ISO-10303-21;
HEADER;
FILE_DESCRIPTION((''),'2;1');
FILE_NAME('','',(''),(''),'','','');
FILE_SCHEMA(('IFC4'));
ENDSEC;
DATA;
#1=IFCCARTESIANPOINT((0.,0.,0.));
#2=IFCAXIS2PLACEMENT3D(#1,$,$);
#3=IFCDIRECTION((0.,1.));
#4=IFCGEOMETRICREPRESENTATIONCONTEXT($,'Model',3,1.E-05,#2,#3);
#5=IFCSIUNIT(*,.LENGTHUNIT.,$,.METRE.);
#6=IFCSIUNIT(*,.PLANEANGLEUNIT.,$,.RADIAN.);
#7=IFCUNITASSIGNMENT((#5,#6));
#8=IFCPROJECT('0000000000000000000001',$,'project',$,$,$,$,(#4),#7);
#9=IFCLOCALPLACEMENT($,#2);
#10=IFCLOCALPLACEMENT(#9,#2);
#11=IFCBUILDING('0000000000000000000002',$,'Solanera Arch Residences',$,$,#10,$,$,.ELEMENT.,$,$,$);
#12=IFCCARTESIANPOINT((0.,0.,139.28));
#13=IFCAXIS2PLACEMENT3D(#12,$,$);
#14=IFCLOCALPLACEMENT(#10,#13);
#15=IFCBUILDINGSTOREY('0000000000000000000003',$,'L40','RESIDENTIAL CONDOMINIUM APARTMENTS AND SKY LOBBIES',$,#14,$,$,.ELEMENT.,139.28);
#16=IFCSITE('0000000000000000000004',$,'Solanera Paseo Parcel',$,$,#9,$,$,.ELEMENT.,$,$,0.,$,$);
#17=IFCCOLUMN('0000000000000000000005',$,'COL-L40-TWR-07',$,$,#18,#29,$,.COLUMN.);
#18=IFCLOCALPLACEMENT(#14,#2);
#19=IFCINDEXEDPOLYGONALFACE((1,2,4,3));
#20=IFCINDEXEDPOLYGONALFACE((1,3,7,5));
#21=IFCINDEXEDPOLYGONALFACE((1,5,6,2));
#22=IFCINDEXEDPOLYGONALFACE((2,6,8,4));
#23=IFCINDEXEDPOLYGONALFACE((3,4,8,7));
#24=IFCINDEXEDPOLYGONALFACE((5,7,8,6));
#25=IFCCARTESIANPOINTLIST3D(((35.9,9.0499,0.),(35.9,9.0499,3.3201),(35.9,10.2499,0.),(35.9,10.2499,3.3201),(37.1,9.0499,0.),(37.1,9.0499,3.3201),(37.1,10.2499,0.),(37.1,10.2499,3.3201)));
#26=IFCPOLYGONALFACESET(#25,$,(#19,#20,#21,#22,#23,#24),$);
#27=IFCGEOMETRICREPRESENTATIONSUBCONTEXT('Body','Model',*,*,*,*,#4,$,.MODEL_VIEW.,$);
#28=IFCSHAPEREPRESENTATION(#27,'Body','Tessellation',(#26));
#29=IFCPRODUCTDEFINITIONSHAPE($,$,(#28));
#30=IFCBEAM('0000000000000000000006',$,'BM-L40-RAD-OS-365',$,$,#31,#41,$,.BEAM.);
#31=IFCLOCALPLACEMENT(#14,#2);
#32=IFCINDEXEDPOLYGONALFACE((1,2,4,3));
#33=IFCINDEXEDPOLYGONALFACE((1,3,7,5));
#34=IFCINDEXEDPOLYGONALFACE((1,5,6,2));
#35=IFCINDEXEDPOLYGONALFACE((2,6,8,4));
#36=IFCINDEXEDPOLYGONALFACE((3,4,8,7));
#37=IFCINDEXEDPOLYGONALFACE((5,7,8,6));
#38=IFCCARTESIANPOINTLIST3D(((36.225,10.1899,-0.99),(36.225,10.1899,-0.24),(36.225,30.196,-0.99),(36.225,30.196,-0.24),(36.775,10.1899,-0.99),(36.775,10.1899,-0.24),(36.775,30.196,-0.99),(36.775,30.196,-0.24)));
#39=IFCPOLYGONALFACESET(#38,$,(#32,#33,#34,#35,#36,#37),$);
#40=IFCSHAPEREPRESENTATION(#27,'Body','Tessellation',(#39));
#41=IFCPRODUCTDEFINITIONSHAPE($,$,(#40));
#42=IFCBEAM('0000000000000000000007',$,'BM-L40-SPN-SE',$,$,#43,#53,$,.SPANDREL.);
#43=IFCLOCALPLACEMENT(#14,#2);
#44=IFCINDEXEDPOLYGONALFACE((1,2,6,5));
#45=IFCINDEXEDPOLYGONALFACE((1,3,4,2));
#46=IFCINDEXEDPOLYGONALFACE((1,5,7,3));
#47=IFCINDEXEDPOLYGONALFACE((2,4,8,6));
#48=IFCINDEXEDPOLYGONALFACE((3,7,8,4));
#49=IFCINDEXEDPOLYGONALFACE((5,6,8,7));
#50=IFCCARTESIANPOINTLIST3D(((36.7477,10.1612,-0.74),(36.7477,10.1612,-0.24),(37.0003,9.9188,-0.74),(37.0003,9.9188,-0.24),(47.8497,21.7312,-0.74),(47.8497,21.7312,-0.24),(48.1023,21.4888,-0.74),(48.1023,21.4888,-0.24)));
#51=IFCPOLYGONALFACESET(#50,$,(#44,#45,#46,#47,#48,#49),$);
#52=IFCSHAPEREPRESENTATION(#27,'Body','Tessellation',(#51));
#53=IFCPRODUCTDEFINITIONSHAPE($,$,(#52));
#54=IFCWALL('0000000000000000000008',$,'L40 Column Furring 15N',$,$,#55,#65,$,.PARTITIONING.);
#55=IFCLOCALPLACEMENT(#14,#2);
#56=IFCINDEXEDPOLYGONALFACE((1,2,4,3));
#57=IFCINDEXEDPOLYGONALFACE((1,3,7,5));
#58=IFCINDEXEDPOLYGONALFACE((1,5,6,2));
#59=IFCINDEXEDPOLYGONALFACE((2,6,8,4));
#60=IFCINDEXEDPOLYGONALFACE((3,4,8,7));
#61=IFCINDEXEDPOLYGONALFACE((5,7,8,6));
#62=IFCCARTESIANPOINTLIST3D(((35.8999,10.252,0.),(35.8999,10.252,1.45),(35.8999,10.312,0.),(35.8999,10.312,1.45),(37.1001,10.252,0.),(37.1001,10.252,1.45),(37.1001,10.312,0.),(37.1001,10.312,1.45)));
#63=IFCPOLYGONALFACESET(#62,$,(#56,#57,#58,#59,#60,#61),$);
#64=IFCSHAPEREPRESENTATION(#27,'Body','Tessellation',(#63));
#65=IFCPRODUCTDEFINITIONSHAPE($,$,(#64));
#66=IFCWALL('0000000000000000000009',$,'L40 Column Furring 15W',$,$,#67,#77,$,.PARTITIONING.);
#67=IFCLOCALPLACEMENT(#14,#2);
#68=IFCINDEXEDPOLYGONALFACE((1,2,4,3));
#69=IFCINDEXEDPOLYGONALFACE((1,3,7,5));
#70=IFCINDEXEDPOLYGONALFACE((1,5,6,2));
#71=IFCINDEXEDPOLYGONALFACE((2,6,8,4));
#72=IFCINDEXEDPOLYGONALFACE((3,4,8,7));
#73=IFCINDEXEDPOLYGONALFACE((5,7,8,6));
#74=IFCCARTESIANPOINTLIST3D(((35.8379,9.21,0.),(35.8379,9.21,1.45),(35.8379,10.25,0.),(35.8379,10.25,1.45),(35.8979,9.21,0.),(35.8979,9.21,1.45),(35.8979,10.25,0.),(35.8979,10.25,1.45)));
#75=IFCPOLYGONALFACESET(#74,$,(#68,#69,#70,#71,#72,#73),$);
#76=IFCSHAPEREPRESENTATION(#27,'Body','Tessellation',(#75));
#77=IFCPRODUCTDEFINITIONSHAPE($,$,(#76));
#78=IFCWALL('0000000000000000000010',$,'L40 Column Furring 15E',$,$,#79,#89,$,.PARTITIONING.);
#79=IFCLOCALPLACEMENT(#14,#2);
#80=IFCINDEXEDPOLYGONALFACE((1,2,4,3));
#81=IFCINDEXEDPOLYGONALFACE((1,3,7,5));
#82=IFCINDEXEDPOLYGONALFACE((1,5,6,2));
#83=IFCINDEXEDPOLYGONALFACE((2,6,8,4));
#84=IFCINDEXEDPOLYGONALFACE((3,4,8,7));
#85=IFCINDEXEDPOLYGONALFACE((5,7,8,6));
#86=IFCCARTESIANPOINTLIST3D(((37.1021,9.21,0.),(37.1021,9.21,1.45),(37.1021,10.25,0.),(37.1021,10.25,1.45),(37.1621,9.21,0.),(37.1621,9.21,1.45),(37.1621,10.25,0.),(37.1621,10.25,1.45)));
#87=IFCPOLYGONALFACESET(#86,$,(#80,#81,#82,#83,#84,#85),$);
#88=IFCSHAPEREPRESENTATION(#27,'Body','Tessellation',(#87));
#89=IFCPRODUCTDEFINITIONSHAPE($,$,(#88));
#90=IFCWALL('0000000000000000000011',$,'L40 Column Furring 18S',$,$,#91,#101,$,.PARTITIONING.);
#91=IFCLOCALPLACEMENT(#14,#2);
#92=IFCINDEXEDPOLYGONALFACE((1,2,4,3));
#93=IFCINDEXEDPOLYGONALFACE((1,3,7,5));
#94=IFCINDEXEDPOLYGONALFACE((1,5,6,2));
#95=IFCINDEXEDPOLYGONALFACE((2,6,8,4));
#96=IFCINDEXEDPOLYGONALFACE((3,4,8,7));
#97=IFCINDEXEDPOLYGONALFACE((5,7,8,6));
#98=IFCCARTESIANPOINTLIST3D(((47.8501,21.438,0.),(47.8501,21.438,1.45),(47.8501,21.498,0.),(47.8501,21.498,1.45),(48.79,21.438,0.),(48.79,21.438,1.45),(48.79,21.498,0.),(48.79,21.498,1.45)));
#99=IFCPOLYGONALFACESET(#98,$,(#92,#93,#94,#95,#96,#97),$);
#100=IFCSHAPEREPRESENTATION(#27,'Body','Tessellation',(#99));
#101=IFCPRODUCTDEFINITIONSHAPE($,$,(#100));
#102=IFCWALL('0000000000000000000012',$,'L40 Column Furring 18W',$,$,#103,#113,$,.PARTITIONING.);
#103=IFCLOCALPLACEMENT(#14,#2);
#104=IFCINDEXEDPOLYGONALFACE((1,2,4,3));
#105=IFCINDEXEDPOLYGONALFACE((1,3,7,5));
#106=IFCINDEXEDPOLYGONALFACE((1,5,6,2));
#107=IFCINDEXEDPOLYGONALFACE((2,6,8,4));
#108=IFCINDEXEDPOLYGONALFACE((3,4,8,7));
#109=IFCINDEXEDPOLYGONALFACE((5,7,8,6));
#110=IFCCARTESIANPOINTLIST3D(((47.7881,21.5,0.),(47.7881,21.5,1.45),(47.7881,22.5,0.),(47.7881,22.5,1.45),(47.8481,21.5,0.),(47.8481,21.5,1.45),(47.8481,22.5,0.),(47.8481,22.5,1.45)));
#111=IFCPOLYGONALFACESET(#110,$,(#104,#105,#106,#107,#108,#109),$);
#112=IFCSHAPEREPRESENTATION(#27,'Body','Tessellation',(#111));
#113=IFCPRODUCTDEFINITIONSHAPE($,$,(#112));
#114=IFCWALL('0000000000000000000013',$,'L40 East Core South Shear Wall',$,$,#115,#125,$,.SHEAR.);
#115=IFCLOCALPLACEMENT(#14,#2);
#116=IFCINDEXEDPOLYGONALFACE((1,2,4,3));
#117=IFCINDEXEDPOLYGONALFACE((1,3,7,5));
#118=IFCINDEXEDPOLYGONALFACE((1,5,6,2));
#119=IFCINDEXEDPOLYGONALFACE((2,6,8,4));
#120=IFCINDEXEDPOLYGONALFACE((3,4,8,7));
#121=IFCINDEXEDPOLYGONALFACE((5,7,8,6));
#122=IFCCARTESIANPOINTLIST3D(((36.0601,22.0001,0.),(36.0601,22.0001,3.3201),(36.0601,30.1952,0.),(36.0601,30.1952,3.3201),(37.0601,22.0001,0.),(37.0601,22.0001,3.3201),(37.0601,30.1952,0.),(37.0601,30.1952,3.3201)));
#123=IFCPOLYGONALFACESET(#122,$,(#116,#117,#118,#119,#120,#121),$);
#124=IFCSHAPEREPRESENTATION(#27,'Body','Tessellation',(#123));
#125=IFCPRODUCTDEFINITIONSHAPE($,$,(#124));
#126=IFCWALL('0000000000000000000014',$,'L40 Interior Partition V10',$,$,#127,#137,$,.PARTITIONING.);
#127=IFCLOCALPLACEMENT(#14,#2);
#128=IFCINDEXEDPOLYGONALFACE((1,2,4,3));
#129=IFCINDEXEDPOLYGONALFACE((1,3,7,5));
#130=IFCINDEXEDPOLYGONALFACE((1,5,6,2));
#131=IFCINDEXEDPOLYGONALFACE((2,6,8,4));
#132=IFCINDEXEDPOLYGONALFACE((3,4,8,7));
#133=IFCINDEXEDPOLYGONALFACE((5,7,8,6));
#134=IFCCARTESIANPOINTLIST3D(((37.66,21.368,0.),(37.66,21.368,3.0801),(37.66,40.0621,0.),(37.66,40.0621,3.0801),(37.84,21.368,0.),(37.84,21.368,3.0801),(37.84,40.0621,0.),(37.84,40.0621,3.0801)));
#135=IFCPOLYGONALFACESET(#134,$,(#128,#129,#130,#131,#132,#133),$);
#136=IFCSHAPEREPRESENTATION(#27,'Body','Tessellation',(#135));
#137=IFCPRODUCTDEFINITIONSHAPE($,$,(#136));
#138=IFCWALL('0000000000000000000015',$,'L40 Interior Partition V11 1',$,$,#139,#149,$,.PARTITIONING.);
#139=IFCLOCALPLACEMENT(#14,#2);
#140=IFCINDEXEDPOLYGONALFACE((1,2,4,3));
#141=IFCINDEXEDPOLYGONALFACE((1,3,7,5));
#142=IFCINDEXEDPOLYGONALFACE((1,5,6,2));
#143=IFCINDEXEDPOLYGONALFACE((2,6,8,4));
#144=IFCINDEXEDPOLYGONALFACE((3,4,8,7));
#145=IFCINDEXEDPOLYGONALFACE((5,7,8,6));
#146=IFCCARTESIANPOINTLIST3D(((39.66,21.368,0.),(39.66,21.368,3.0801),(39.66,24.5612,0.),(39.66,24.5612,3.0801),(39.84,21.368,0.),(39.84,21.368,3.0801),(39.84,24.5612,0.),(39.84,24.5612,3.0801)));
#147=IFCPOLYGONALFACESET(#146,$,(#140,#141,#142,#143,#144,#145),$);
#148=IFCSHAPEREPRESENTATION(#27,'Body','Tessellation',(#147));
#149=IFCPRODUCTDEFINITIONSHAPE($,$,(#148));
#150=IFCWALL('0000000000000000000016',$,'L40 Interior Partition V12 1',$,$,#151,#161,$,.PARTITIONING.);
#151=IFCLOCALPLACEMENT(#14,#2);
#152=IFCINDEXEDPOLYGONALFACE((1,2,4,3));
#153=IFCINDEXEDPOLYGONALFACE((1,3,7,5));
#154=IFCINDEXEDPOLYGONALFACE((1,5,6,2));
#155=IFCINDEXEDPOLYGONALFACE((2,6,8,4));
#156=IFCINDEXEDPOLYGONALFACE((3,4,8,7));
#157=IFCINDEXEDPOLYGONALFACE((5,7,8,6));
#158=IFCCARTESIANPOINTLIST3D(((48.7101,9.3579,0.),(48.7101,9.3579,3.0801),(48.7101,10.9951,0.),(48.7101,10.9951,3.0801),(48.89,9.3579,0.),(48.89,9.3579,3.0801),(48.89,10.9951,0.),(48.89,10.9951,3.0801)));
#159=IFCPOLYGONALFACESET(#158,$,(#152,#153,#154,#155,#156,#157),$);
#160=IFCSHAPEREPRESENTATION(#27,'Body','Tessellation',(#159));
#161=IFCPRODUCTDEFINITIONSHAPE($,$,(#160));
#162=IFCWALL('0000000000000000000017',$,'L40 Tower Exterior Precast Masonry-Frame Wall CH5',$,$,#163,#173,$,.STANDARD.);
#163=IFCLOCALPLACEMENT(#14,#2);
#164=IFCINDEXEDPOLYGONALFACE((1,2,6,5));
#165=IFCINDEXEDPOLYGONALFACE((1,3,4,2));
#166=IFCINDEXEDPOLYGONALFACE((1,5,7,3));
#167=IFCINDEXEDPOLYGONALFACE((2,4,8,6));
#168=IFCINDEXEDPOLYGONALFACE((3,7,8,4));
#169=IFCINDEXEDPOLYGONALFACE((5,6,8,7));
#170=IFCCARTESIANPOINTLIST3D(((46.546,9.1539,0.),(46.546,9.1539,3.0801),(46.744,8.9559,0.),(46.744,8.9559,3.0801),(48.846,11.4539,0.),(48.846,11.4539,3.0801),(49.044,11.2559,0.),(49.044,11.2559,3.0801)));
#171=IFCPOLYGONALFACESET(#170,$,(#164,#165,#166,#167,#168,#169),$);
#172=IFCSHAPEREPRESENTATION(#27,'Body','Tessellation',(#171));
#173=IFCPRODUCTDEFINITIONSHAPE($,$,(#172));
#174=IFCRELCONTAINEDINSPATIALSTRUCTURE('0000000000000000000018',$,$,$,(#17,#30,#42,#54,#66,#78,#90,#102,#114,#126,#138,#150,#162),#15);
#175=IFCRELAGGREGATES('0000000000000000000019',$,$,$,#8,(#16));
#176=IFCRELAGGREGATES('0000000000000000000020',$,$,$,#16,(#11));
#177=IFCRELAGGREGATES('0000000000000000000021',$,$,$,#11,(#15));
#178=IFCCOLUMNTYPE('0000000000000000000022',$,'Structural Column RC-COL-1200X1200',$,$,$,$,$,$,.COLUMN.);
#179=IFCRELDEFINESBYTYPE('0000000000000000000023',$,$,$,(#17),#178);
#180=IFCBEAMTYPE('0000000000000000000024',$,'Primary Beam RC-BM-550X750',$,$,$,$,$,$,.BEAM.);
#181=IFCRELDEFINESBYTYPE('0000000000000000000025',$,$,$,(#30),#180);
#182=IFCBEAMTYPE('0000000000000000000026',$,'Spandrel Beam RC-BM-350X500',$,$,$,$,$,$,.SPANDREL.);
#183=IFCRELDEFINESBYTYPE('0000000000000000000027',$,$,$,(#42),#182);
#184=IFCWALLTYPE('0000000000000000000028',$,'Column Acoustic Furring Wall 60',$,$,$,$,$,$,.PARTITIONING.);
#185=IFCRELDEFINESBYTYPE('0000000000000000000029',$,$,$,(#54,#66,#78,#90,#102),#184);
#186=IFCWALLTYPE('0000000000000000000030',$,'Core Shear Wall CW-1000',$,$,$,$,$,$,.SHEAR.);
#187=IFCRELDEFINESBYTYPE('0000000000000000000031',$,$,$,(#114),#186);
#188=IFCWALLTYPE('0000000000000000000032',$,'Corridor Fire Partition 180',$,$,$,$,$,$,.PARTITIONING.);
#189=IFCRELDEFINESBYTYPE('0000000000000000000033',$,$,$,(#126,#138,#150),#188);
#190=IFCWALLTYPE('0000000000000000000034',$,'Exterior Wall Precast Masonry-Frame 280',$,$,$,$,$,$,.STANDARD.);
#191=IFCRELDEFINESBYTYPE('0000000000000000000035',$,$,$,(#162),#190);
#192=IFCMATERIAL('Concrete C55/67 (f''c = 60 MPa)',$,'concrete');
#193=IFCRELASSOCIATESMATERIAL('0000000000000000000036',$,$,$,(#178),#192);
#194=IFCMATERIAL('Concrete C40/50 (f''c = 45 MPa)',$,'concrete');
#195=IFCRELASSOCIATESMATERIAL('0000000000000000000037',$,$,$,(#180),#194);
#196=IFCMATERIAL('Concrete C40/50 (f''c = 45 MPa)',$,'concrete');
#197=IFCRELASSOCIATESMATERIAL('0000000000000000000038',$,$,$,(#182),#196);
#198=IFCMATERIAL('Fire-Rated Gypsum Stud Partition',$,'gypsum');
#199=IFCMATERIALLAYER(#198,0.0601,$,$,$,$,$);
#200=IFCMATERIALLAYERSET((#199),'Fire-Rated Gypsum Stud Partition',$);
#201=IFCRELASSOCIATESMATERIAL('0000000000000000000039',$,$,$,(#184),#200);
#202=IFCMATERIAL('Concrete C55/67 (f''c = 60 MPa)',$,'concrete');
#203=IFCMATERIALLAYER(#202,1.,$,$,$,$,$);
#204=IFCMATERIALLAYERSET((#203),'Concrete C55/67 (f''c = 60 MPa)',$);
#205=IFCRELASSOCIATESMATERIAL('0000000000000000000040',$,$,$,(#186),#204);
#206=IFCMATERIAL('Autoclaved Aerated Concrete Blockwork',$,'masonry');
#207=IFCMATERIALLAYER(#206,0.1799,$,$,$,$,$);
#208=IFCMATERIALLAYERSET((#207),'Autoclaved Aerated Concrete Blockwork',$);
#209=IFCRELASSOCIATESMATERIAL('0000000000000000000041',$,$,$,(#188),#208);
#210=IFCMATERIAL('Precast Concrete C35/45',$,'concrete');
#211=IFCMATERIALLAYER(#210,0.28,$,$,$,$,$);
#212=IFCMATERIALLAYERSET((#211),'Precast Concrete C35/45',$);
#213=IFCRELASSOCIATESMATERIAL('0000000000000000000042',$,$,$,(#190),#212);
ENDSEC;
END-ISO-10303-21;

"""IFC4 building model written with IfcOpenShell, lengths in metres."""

from ifc_helpers import new_model, si_unit, direction, frame, frame_2d, origin, origin_2d, place, context, subcontext, project, spatial, rectangle, extrude, material, layer, layer_set, material_profile, profile_set, type_object, element, save


model = new_model("IFC4")

# Units and contexts
model_context = context("Model", 3, precision=1e-05, world=origin(), true_north=direction((0.0, 1.0)))
body_context = subcontext(model_context, "Body", "Model", "MODEL_VIEW")
ifc_project = project(units=[si_unit("LENGTHUNIT", "METRE"), si_unit("PLANEANGLEUNIT", "RADIAN")], contexts=[model_context])

# Site, building, storey
site_placement = place(None, origin())
site = spatial("IfcSite", under=ifc_project, at=site_placement, Name="Solanera Paseo Parcel", CompositionType="ELEMENT", RefElevation=0.0)
building_placement = place(site_placement, origin())
building = spatial("IfcBuilding", under=site, at=building_placement, Name="Solanera Arch Residences", CompositionType="ELEMENT")
storey_placement = place(building_placement, frame((0.0, 0.0, 139.28)))
storey = spatial("IfcBuildingStorey", under=building, at=storey_placement, Name="L40", Description="RESIDENTIAL CONDOMINIUM APARTMENTS AND SKY LOBBIES", CompositionType="ELEMENT", Elevation=139.28)

# Column
ifc_material_1 = material(Name="Concrete C55/67 (f'c = 60 MPa)", Category="concrete")
ifc_material_profile_1 = material_profile(ifc_material_1, rectangle(XDim=1.2, YDim=1.2, at=origin_2d()))
ifc_profile_set_1 = profile_set([ifc_material_profile_1], Name="Concrete C55/67 (f'c = 60 MPa)")
column_type = type_object("IfcColumnType", Name="Structural Column RC-COL-1200X1200", PredefinedType="COLUMN", material=ifc_profile_set_1)
column_placement = place(storey_placement, frame((36.5, 9.6499, 0.0), z_axis=(0.0, 0.0, 1.0), x_axis=(1.0, 0.0, 0.0)))
element("IfcColumn", 1, at=column_placement, inside=storey, type_object=column_type, Name="COL-L40-TWR-07", PredefinedType="COLUMN", context=body_context, shape_type="SweptSolid", body=[
    extrude(rectangle(XDim=1.2, YDim=1.2, at=origin_2d()), origin(), (0.0, 0.0, 1.0), 3.3201),
])

# Beams
ifc_material_2 = material(Name="Concrete C40/50 (f'c = 45 MPa)", Category="concrete")
ifc_material_profile_2 = material_profile(ifc_material_2, rectangle(XDim=0.55, YDim=0.75, at=origin_2d()))
ifc_profile_set_2 = profile_set([ifc_material_profile_2], Name="Concrete C40/50 (f'c = 45 MPa)")
beam_type_1 = type_object("IfcBeamType", Name="Primary Beam RC-BM-550X750", PredefinedType="BEAM", material=ifc_profile_set_2)
beam_1_placement = place(storey_placement, frame((36.5, 10.1899, -0.615), z_axis=(0.0, 1.0, 0.0), x_axis=(-1.0, 0.0, 0.0)))
element("IfcBeam", 2, at=beam_1_placement, inside=storey, type_object=beam_type_1, Name="BM-L40-RAD-OS-365", PredefinedType="BEAM", context=body_context, shape_type="SweptSolid", body=[
    extrude(rectangle(XDim=0.55, YDim=0.75, at=origin_2d()), origin(), (0.0, 0.0, 1.0), 20.0061),
])
ifc_material_3 = material(Name="Concrete C40/50 (f'c = 45 MPa)", Category="concrete")
ifc_material_profile_3 = material_profile(ifc_material_3, rectangle(XDim=0.3501, YDim=0.5, at=origin_2d()))
ifc_profile_set_3 = profile_set([ifc_material_profile_3], Name="Concrete C40/50 (f'c = 45 MPa)")
beam_type_2 = type_object("IfcBeamType", Name="Spandrel Beam RC-BM-350X500", PredefinedType="SPANDREL", material=ifc_profile_set_3)
beam_2_placement = place(storey_placement, frame((36.874, 10.04, -0.49), z_axis=(0.692363, 0.72155, 0.0), x_axis=(-0.72155, 0.692363, 0.0)))
element("IfcBeam", 3, at=beam_2_placement, inside=storey, type_object=beam_type_2, Name="BM-L40-SPN-SE", PredefinedType="SPANDREL", context=body_context, shape_type="SweptSolid", body=[
    extrude(rectangle(XDim=0.3501, YDim=0.5, at=origin_2d()), origin(), (0.0, 0.0, 1.0), 16.0349),
])

# Walls
ifc_material_4 = material(Name="Fire-Rated Gypsum Stud Partition", Category="gypsum")
ifc_layer_1 = layer(ifc_material_4, 0.0601)
ifc_layer_set_1 = layer_set([ifc_layer_1], Name="Fire-Rated Gypsum Stud Partition")
wall_type_1 = type_object("IfcWallType", Name="Column Acoustic Furring Wall 60", PredefinedType="PARTITIONING", material=ifc_layer_set_1)
wall_1_placement = place(storey_placement, frame((35.8999, 10.282, 0.0), z_axis=(0.0, 0.0, 1.0), x_axis=(1.0, 0.0, 0.0)))
element("IfcWall", 4, at=wall_1_placement, inside=storey, type_object=wall_type_1, Name="L40 Column Furring 15N", PredefinedType="PARTITIONING", context=body_context, shape_type="SweptSolid", body=[
    extrude(rectangle(XDim=1.2002, YDim=0.0601, at=frame_2d((0.6001, 0.0))), origin(), (0.0, 0.0, 1.0), 1.45),
])
for number, where, z_axis, x_axis, name in (
    (5, (35.8679, 9.21, 0.0), (0.0, 0.0, 1.0), (0.0, 1.0, 0.0), "L40 Column Furring 15W"),
    (6, (37.1321, 9.21, 0.0), (0.0, 0.0, 1.0), (0.0, 1.0, 0.0), "L40 Column Furring 15E"),
):
    element("IfcWall", number, at=place(storey_placement, frame(where, z_axis=z_axis, x_axis=x_axis)), inside=storey, type_object=wall_type_1, Name=name, PredefinedType="PARTITIONING", context=body_context, shape_type="SweptSolid", body=[
        extrude(rectangle(XDim=1.04, YDim=0.0601, at=frame_2d((0.52, 0.0))), origin(), (0.0, 0.0, 1.0), 1.45),
    ])
wall_2_placement = place(storey_placement, frame((47.8501, 21.468, 0.0), z_axis=(0.0, 0.0, 1.0), x_axis=(1.0, 0.0, 0.0)))
element("IfcWall", 7, at=wall_2_placement, inside=storey, type_object=wall_type_1, Name="L40 Column Furring 18S", PredefinedType="PARTITIONING", context=body_context, shape_type="SweptSolid", body=[
    extrude(rectangle(XDim=0.9399, YDim=0.0601, at=frame_2d((0.47, 0.0))), origin(), (0.0, 0.0, 1.0), 1.45),
])
wall_3_placement = place(storey_placement, frame((47.8181, 21.5, 0.0), z_axis=(0.0, 0.0, 1.0), x_axis=(0.0, 1.0, 0.0)))
element("IfcWall", 8, at=wall_3_placement, inside=storey, type_object=wall_type_1, Name="L40 Column Furring 18W", PredefinedType="PARTITIONING", context=body_context, shape_type="SweptSolid", body=[
    extrude(rectangle(XDim=1.0, YDim=0.0601, at=frame_2d((0.5, 0.0))), origin(), (0.0, 0.0, 1.0), 1.45),
])
ifc_material_5 = material(Name="Concrete C55/67 (f'c = 60 MPa)", Category="concrete")
ifc_layer_2 = layer(ifc_material_5, 1.0)
ifc_layer_set_2 = layer_set([ifc_layer_2], Name="Concrete C55/67 (f'c = 60 MPa)")
wall_type_2 = type_object("IfcWallType", Name="Core Shear Wall CW-1000", PredefinedType="SHEAR", material=ifc_layer_set_2)
wall_4_placement = place(storey_placement, frame((36.5601, 22.0, 0.0), z_axis=(0.0, 0.0, 1.0), x_axis=(0.0, 1.0, 0.0)))
element("IfcWall", 9, at=wall_4_placement, inside=storey, type_object=wall_type_2, Name="L40 East Core South Shear Wall", PredefinedType="SHEAR", context=body_context, shape_type="SweptSolid", body=[
    extrude(rectangle(XDim=8.1951, YDim=1.0, at=frame_2d((4.0977, 0.0))), origin(), (0.0, 0.0, 1.0), 3.3201),
])
ifc_material_6 = material(Name="Autoclaved Aerated Concrete Blockwork", Category="masonry")
ifc_layer_3 = layer(ifc_material_6, 0.1799)
ifc_layer_set_3 = layer_set([ifc_layer_3], Name="Autoclaved Aerated Concrete Blockwork")
wall_type_3 = type_object("IfcWallType", Name="Corridor Fire Partition 180", PredefinedType="PARTITIONING", material=ifc_layer_set_3)
wall_5_placement = place(storey_placement, frame((37.75, 21.3679, 0.0), z_axis=(0.0, 0.0, 1.0), x_axis=(0.0, 1.0, 0.0)))
element("IfcWall", 10, at=wall_5_placement, inside=storey, type_object=wall_type_3, Name="L40 Interior Partition V10", PredefinedType="PARTITIONING", context=body_context, shape_type="SweptSolid", body=[
    extrude(rectangle(XDim=18.6941, YDim=0.1799, at=frame_2d((9.3472, 0.0))), origin(), (0.0, 0.0, 1.0), 3.0801),
])
wall_6_placement = place(storey_placement, frame((39.75, 21.3679, 0.0), z_axis=(0.0, 0.0, 1.0), x_axis=(0.0, 1.0, 0.0)))
element("IfcWall", 11, at=wall_6_placement, inside=storey, type_object=wall_type_3, Name="L40 Interior Partition V11 1", PredefinedType="PARTITIONING", context=body_context, shape_type="SweptSolid", body=[
    extrude(rectangle(XDim=3.1931, YDim=0.1799, at=frame_2d((1.5967, 0.0))), origin(), (0.0, 0.0, 1.0), 3.0801),
])
wall_7_placement = place(storey_placement, frame((48.8, 9.3579, 0.0), z_axis=(0.0, 0.0, 1.0), x_axis=(0.0, 1.0, 0.0)))
element("IfcWall", 12, at=wall_7_placement, inside=storey, type_object=wall_type_3, Name="L40 Interior Partition V12 1", PredefinedType="PARTITIONING", context=body_context, shape_type="SweptSolid", body=[
    extrude(rectangle(XDim=1.6372, YDim=0.1799, at=frame_2d((0.8186, 0.0))), origin(), (0.0, 0.0, 1.0), 3.0801),
])
ifc_material_7 = material(Name="Precast Concrete C35/45", Category="concrete")
ifc_layer_4 = layer(ifc_material_7, 0.28)
ifc_layer_set_4 = layer_set([ifc_layer_4], Name="Precast Concrete C35/45")
wall_type_4 = type_object("IfcWallType", Name="Exterior Wall Precast Masonry-Frame 280", PredefinedType="STANDARD", material=ifc_layer_set_4)
wall_8_placement = place(storey_placement, frame((48.9451, 11.355, 0.0), z_axis=(0.0, 0.0, 1.0), x_axis=(-0.707107, -0.707107, 0.0)))
element("IfcWall", 13, at=wall_8_placement, inside=storey, type_object=wall_type_4, Name="L40 Tower Exterior Precast Masonry-Frame Wall CH5", PredefinedType="STANDARD", context=body_context, shape_type="SweptSolid", body=[
    extrude(rectangle(XDim=3.2527, YDim=0.28, at=frame_2d((1.6265, 0.0))), origin(), (0.0, 0.0, 1.0), 3.0801),
])

save(model, "model.ifc")
